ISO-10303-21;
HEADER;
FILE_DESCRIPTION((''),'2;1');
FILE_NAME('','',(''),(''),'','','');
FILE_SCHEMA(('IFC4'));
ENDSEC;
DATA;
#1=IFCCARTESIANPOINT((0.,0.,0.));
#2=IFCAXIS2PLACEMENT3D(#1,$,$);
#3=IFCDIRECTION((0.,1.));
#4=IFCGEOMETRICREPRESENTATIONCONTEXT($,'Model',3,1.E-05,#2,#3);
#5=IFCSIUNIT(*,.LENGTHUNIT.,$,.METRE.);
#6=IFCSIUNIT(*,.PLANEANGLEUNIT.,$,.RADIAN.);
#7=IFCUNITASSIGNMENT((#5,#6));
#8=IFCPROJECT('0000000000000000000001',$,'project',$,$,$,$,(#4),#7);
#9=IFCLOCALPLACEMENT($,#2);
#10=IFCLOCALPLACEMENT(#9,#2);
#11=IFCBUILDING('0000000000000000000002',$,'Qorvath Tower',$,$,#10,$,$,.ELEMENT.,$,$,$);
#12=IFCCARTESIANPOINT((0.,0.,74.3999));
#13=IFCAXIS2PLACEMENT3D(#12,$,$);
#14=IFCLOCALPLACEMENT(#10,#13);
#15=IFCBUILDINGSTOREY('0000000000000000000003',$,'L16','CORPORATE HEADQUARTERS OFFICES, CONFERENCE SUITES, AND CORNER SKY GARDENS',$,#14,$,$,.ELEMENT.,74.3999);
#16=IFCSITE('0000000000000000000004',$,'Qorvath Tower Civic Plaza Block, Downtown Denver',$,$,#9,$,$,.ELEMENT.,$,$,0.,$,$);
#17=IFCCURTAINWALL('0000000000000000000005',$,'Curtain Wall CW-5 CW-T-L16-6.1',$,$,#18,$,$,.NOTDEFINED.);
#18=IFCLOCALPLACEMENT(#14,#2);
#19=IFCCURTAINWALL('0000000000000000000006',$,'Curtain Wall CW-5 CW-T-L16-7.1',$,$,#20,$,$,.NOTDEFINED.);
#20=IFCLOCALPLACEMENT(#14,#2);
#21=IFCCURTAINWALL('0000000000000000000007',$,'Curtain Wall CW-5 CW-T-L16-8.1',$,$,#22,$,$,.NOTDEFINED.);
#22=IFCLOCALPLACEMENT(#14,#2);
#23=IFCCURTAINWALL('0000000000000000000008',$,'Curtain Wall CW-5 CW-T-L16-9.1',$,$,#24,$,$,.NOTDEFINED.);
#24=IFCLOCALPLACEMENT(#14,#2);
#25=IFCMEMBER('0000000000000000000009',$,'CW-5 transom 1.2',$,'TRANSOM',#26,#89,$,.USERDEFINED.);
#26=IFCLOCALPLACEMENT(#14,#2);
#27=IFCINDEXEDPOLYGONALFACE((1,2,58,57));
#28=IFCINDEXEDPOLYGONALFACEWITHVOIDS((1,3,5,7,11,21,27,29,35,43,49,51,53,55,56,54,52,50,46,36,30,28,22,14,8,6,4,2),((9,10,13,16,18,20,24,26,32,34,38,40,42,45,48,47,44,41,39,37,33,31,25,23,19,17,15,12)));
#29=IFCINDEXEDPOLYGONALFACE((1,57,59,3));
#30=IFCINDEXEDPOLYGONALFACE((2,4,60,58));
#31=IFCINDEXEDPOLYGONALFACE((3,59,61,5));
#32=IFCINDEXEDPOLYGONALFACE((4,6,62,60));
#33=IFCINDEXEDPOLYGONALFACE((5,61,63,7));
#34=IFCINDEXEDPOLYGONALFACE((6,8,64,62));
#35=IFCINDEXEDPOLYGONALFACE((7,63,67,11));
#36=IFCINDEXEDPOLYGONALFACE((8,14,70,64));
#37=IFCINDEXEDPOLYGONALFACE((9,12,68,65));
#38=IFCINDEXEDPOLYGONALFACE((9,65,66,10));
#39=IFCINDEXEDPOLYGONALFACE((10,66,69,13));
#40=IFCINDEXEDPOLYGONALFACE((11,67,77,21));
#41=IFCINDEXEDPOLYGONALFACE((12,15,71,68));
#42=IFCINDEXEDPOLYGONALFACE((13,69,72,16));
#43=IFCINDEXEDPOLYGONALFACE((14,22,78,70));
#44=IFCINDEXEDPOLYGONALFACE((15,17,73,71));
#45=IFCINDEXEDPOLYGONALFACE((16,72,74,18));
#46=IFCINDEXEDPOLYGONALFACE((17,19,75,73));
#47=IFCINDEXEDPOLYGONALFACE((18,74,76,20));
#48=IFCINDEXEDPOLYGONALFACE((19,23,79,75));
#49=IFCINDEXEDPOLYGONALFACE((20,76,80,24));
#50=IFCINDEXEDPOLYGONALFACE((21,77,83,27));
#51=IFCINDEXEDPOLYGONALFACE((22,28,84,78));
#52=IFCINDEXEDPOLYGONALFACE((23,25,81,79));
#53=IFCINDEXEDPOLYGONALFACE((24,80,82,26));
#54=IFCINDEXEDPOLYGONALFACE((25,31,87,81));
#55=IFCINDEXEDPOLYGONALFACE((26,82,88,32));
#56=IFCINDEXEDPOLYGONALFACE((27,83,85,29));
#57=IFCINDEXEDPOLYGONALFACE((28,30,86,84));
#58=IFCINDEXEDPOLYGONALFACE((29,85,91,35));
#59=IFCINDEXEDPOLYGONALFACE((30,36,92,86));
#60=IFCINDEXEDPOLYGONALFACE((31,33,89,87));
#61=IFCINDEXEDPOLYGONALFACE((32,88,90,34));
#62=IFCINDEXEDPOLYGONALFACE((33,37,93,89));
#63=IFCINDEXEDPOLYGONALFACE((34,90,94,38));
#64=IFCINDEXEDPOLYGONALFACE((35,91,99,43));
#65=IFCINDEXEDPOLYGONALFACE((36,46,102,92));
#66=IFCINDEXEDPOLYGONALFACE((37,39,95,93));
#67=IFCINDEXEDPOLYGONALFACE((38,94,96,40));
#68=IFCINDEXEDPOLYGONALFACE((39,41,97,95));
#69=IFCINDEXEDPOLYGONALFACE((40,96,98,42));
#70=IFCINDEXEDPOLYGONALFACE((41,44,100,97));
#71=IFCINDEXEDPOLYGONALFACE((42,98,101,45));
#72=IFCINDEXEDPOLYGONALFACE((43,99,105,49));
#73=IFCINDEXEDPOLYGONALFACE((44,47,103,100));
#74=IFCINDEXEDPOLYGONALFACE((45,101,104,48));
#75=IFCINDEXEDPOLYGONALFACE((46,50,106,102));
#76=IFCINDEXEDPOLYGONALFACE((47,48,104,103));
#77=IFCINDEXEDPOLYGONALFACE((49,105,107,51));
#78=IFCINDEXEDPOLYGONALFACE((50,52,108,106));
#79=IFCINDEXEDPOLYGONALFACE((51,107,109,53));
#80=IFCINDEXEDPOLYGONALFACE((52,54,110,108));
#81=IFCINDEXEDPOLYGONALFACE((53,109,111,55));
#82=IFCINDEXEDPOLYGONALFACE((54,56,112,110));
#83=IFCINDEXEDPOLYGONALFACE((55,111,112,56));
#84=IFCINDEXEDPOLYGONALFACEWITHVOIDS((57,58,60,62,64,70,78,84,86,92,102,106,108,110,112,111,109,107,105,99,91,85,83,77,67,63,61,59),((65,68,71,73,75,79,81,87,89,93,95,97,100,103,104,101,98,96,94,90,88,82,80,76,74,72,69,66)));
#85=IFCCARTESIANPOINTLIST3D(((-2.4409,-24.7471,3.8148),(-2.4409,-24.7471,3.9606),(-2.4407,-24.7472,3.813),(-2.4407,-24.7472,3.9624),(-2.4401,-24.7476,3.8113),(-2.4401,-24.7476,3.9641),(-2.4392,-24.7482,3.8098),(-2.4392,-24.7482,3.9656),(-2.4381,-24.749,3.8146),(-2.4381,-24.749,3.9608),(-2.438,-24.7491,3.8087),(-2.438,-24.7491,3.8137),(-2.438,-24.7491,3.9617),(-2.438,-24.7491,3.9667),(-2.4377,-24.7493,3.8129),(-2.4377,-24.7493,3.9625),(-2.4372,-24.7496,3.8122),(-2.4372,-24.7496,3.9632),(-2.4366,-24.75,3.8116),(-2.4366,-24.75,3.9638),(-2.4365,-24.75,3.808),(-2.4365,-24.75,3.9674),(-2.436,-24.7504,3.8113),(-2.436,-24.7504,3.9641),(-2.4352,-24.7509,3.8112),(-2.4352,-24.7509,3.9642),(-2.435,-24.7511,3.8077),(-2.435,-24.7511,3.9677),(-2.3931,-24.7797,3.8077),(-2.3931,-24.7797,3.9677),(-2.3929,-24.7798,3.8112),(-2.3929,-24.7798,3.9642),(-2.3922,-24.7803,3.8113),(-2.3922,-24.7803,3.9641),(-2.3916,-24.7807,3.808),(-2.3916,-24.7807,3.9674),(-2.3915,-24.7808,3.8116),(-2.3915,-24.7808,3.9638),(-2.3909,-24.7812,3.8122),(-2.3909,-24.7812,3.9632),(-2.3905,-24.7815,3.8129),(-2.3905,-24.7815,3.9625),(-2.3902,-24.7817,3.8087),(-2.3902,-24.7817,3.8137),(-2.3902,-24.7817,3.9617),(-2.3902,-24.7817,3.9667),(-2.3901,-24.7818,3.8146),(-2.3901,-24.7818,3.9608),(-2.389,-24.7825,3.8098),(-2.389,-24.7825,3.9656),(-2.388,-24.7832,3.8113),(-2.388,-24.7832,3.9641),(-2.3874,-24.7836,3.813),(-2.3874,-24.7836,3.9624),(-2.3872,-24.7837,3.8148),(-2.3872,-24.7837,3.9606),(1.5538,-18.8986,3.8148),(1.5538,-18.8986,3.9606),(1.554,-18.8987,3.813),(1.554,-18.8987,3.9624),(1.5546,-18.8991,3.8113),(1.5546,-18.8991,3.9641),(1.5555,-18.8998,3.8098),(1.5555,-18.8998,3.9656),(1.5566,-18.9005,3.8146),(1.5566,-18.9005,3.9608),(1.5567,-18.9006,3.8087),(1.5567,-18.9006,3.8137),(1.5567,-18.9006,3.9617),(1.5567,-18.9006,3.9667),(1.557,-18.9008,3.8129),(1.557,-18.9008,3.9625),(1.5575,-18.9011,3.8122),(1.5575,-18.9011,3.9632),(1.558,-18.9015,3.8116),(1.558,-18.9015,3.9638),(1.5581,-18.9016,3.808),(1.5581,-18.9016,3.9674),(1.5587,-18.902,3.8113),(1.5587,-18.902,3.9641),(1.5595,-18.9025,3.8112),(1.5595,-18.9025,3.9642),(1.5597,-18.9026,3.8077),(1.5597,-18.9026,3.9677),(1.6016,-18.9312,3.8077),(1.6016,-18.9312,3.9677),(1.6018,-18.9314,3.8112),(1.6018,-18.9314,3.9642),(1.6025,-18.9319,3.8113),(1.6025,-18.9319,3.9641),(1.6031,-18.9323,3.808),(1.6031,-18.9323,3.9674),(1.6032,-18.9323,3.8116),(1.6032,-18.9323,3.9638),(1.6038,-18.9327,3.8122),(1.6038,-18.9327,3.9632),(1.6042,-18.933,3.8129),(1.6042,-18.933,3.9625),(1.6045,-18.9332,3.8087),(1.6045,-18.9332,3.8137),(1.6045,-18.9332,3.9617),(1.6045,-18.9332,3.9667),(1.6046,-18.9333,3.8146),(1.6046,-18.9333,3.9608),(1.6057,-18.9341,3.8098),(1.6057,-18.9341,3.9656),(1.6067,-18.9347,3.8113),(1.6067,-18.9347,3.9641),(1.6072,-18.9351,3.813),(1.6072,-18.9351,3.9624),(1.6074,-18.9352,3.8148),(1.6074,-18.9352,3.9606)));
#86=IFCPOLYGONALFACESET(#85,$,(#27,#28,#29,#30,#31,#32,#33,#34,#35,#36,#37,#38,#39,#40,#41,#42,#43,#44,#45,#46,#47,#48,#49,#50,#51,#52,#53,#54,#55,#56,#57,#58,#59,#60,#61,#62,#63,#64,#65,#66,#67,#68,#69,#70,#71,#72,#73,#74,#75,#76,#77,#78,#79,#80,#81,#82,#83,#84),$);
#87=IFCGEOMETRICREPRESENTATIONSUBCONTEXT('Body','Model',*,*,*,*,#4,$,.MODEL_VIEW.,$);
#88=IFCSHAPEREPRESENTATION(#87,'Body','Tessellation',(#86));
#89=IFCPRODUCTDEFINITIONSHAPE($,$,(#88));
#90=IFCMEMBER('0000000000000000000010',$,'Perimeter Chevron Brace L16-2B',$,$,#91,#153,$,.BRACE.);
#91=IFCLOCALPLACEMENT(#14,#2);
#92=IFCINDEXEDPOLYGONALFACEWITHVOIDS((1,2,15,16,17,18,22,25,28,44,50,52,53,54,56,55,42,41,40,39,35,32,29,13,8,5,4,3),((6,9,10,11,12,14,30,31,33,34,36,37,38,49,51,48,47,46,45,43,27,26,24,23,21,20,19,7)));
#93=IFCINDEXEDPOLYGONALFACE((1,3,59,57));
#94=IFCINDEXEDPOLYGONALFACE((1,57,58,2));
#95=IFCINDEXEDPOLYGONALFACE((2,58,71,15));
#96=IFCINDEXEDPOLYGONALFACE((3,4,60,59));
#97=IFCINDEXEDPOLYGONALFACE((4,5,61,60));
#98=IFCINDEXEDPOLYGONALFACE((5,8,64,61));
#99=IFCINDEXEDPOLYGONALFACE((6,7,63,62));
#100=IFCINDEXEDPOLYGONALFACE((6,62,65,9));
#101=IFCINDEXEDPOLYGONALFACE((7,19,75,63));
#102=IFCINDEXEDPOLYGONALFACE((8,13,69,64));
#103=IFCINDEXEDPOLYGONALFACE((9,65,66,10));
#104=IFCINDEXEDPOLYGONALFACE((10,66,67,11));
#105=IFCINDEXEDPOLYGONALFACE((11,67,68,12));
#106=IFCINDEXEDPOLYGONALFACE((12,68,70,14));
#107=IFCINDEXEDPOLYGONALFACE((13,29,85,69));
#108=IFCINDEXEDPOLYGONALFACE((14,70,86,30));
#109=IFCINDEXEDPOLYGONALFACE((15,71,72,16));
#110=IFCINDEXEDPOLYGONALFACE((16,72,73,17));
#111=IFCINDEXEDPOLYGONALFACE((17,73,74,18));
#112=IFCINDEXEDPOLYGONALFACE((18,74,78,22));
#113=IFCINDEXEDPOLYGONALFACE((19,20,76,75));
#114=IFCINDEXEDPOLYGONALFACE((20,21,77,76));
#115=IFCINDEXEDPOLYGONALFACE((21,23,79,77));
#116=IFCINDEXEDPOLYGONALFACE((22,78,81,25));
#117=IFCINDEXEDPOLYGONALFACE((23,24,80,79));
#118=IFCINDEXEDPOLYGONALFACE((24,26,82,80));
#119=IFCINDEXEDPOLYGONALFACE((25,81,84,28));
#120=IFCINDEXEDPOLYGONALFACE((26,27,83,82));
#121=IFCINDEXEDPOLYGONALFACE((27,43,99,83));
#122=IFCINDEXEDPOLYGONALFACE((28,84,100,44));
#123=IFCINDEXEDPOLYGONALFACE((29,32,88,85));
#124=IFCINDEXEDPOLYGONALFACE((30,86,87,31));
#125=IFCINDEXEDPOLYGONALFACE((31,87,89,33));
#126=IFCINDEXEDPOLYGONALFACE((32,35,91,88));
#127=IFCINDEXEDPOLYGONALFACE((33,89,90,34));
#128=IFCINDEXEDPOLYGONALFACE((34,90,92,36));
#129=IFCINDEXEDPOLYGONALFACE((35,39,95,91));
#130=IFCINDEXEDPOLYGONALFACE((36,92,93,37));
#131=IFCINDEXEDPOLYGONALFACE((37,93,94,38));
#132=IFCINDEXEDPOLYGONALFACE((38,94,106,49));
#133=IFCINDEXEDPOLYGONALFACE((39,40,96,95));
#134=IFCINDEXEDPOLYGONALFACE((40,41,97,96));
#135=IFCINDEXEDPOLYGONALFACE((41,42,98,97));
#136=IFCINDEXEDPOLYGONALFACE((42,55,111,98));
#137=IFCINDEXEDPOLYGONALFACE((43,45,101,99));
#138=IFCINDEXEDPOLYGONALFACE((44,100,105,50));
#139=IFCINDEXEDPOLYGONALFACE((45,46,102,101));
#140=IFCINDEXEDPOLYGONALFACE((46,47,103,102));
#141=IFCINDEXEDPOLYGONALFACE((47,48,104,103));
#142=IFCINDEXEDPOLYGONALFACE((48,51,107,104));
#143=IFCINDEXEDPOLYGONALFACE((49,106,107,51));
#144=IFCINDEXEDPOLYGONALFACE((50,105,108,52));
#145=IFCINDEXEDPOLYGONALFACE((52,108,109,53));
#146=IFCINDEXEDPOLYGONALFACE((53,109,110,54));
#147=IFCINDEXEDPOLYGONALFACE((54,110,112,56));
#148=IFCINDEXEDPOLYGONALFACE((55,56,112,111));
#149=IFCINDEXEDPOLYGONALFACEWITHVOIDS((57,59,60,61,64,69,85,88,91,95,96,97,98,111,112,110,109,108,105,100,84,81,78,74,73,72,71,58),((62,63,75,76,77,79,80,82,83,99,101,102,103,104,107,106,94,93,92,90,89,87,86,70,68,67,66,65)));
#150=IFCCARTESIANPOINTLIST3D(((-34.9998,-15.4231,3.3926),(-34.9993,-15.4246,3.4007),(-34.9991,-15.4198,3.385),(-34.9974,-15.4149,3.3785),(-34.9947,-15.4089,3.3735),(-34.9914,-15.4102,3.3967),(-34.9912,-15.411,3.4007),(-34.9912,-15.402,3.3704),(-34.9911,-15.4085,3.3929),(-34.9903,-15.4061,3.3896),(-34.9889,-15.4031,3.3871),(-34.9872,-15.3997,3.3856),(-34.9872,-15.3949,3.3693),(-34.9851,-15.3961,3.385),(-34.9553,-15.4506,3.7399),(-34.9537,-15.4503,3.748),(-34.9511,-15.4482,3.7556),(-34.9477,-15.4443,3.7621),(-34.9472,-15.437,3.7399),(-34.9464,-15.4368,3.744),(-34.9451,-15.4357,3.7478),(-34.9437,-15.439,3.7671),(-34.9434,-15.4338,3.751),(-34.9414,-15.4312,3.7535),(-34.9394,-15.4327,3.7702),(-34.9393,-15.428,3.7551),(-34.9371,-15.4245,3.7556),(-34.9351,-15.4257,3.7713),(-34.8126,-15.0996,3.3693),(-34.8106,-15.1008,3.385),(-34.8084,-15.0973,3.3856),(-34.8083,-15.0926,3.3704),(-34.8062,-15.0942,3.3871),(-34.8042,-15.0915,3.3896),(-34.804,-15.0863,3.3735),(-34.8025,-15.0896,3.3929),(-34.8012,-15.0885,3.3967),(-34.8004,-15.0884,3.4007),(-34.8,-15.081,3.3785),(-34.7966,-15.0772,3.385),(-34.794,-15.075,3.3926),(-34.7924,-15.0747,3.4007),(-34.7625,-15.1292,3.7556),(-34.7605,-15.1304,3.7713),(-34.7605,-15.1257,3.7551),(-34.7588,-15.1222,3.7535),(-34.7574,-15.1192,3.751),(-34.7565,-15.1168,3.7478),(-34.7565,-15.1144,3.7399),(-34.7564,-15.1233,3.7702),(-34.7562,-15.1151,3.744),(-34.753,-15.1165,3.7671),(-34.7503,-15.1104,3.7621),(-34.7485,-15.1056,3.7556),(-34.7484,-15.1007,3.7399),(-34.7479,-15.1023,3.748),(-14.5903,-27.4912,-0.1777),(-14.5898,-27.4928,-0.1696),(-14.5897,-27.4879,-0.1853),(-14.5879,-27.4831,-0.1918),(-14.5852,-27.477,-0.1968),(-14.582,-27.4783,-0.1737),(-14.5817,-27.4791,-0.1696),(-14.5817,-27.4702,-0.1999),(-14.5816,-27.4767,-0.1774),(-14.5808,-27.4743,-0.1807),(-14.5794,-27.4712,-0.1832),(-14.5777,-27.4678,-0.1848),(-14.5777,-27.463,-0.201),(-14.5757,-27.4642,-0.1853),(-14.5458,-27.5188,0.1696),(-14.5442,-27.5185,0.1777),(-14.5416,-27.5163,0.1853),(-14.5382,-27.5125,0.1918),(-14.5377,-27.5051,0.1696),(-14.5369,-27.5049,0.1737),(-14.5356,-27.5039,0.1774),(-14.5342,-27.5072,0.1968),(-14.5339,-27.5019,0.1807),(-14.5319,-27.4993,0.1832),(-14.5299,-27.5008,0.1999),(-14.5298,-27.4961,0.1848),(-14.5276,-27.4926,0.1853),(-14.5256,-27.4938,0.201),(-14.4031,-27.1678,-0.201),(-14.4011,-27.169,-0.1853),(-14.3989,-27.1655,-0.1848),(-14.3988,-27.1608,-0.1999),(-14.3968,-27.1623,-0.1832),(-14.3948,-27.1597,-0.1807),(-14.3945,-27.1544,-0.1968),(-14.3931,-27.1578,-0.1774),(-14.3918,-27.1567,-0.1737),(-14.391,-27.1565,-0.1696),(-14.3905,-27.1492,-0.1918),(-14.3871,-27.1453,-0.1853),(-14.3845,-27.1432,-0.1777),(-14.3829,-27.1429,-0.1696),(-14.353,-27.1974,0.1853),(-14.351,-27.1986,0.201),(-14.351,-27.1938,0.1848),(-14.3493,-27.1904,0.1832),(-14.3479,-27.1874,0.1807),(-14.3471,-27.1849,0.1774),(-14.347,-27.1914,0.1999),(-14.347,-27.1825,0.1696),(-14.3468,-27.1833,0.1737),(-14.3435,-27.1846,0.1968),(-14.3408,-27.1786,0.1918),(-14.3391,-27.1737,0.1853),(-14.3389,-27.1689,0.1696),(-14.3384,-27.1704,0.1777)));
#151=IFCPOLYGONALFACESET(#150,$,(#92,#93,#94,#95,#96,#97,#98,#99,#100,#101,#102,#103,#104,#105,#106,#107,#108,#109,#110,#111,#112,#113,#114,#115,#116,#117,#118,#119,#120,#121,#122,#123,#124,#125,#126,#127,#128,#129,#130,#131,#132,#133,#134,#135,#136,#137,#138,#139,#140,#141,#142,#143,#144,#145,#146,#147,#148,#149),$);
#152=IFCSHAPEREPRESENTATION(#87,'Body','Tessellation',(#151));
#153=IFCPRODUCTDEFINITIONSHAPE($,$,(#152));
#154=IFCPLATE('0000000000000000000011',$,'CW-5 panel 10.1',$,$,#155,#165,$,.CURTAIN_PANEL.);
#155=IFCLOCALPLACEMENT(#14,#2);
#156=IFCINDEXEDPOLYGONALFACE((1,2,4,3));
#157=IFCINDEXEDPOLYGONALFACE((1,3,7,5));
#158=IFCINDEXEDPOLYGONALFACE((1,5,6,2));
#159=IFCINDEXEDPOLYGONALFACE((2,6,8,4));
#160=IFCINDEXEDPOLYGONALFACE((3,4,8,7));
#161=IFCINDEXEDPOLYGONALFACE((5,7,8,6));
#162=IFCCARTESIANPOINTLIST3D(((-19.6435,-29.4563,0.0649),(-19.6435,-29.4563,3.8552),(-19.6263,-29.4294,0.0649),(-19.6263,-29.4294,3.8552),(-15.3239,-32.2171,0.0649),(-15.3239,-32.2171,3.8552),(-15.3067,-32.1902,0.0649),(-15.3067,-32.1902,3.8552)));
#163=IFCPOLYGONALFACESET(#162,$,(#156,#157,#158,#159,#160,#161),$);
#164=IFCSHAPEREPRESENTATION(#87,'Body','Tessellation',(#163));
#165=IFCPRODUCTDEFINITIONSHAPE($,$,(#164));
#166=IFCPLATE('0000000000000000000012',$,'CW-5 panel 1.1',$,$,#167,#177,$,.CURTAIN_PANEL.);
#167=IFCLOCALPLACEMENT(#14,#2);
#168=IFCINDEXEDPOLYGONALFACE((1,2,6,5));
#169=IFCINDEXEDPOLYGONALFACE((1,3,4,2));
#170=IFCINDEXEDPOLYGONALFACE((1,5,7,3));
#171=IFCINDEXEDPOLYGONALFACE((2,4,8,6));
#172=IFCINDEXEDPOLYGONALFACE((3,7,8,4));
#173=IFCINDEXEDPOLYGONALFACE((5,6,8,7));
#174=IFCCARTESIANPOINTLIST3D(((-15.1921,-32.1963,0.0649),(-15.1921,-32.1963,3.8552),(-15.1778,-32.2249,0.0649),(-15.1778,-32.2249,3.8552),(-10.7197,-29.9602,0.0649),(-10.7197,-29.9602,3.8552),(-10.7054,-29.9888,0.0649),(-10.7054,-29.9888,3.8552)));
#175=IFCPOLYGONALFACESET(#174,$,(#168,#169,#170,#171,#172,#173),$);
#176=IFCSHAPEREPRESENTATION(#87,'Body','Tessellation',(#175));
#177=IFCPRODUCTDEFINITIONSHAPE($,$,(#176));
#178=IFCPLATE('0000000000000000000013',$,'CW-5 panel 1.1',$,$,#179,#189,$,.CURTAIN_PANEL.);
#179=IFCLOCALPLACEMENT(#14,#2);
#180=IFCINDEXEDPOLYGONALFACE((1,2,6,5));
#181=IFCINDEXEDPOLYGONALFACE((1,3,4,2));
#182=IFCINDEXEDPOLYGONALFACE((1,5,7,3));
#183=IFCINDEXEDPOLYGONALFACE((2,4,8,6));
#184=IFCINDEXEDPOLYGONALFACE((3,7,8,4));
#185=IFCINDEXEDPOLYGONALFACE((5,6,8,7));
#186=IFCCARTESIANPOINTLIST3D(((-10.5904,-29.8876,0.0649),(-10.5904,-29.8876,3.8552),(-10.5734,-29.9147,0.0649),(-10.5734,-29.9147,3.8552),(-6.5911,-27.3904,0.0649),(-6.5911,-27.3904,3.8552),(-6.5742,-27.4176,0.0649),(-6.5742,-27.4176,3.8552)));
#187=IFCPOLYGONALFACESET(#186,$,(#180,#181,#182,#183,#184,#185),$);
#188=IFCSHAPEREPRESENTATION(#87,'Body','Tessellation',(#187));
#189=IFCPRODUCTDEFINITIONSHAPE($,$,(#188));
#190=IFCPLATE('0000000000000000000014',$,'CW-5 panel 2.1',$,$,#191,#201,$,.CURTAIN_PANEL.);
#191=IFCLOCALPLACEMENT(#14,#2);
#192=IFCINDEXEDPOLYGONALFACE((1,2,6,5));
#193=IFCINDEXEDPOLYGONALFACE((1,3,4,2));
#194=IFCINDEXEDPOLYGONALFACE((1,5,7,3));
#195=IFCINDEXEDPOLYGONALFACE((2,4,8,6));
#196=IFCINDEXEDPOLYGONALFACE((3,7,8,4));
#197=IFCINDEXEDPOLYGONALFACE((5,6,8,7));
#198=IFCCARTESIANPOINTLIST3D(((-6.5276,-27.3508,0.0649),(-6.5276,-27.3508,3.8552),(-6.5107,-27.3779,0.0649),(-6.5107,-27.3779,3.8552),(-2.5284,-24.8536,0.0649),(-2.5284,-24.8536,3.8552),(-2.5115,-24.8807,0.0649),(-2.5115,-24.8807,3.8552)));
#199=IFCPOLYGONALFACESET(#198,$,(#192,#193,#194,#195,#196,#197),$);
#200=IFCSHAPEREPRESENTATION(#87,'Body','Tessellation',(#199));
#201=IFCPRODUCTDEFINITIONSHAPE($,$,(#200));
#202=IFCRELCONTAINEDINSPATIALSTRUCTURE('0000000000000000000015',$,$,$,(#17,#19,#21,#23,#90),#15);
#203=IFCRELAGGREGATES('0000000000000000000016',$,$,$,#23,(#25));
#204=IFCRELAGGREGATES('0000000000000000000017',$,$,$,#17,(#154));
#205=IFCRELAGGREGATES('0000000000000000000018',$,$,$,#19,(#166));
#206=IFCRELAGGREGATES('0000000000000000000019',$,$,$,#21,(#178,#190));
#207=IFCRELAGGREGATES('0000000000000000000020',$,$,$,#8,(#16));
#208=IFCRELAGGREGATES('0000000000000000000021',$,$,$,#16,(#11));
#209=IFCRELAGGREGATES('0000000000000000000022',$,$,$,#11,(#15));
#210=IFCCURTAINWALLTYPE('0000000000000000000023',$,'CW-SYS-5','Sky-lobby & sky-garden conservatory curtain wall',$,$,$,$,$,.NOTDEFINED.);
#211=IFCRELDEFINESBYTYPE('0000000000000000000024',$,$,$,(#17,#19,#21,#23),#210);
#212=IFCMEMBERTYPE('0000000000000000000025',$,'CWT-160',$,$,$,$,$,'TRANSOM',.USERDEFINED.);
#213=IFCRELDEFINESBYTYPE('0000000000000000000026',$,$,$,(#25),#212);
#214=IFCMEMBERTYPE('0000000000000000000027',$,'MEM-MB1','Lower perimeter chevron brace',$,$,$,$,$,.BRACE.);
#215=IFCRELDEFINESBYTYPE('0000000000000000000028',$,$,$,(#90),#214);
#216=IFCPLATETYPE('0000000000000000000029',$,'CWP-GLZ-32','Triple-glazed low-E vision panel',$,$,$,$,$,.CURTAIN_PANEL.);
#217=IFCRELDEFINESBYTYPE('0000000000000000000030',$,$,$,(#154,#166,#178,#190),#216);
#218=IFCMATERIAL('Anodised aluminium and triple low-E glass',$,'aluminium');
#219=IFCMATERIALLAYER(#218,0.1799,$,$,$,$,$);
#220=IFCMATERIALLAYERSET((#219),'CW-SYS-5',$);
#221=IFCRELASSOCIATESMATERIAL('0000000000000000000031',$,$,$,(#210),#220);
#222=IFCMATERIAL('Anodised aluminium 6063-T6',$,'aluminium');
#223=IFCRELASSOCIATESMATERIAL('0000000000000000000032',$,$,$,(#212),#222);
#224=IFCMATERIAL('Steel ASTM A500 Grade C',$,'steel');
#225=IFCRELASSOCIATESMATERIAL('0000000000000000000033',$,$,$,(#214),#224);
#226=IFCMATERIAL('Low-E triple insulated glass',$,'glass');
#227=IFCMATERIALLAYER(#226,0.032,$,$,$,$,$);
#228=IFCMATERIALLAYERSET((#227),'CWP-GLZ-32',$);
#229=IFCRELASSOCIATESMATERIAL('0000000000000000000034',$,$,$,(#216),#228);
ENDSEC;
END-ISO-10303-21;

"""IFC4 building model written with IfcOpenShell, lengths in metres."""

from ifc_helpers import new_model, si_unit, direction, frame, origin, origin_2d, place, context, subcontext, project, spatial, rectangle, hollow_rectangle, extrude, material, layer, layer_set, material_profile, profile_set, type_object, element, aggregate, save


model = new_model("IFC4")

# Units and contexts
model_context = context("Model", 3, precision=1e-05, world=origin(), true_north=direction((0.0, 1.0)))
body_context = subcontext(model_context, "Body", "Model", "MODEL_VIEW")
ifc_project = project(units=[si_unit("LENGTHUNIT", "METRE"), si_unit("PLANEANGLEUNIT", "RADIAN")], contexts=[model_context])

# Site, building, storey
site_placement = place(None, origin())
site = spatial("IfcSite", under=ifc_project, at=site_placement, Name="Qorvath Tower Civic Plaza Block, Downtown Denver", CompositionType="ELEMENT", RefElevation=0.0)
building_placement = place(site_placement, origin())
building = spatial("IfcBuilding", under=site, at=building_placement, Name="Qorvath Tower", CompositionType="ELEMENT")
storey_placement = place(building_placement, frame((0.0, 0.0, 74.3999)))
storey = spatial("IfcBuildingStorey", under=building, at=storey_placement, Name="L16", Description="CORPORATE HEADQUARTERS OFFICES, CONFERENCE SUITES, AND CORNER SKY GARDENS", CompositionType="ELEMENT", Elevation=74.3999)

# Curtain wall
ifc_material_1 = material(Name="Anodised aluminium and triple low-E glass", Category="aluminium")
ifc_layer_1 = layer(ifc_material_1, 0.1799)
ifc_layer_set_1 = layer_set([ifc_layer_1], Name="CW-SYS-5")
curtain_wall_type = type_object("IfcCurtainWallType", Name="CW-SYS-5", Description="Sky-lobby & sky-garden conservatory curtain wall", PredefinedType="NOTDEFINED", material=ifc_layer_set_1)
curtain_wall_1_placement = place(storey_placement, origin())
curtain_wall_1 = element("IfcCurtainWall", 1, at=curtain_wall_1_placement, inside=storey, type_object=curtain_wall_type, Name="Curtain Wall CW-5 CW-T-L16-6.1", PredefinedType="NOTDEFINED")

# Curtain walls
curtain_wall_2_placement = place(storey_placement, origin())
curtain_wall_2 = element("IfcCurtainWall", 2, at=curtain_wall_2_placement, inside=storey, type_object=curtain_wall_type, Name="Curtain Wall CW-5 CW-T-L16-7.1", PredefinedType="NOTDEFINED")
curtain_wall_3_placement = place(storey_placement, origin())
curtain_wall_3 = element("IfcCurtainWall", 3, at=curtain_wall_3_placement, inside=storey, type_object=curtain_wall_type, Name="Curtain Wall CW-5 CW-T-L16-8.1", PredefinedType="NOTDEFINED")

# Curtain wall
curtain_wall_4_placement = place(storey_placement, origin())
curtain_wall_4 = element("IfcCurtainWall", 4, at=curtain_wall_4_placement, inside=storey, type_object=curtain_wall_type, Name="Curtain Wall CW-5 CW-T-L16-9.1", PredefinedType="NOTDEFINED")

# Members
ifc_material_2 = material(Name="Anodised aluminium 6063-T6", Category="aluminium")
ifc_material_profile_1 = material_profile(ifc_material_2, hollow_rectangle(XDim=0.0649, YDim=0.1599, WallThickness=0.0034, InnerFilletRadius=0.0034, OuterFilletRadius=0.0071, at=origin_2d()), Name="CWT 160x65")
ifc_profile_set_1 = profile_set([ifc_material_profile_1], Name="Anodised aluminium 6063-T6")
member_type_1 = type_object("IfcMemberType", Name="CWT-160", ElementType="TRANSOM", PredefinedType="USERDEFINED", material=ifc_profile_set_1)
member_1_placement = place(storey_placement, frame((-2.4141, -24.7654, 3.8877), z_axis=(0.56402, 0.825761, 0.0), x_axis=(-0.825761, 0.56402, 0.0)))
member_1 = element("IfcMember", 5, at=member_1_placement, type_object=member_type_1, Name="CW-5 transom 1.2", ObjectType="TRANSOM", PredefinedType="USERDEFINED", context=body_context, shape_type="SweptSolid", body=[
    extrude(hollow_rectangle(XDim=0.0649, YDim=0.1599, WallThickness=0.0034, InnerFilletRadius=0.0034, OuterFilletRadius=0.0071, at=origin_2d()), origin(), (0.0, 0.0, 1.0), 7.0825),
])
aggregate(curtain_wall_4, [member_1])
ifc_material_3 = material(Name="Steel ASTM A500 Grade C", Category="steel")
ifc_material_profile_2 = material_profile(ifc_material_3, hollow_rectangle(XDim=0.4065, YDim=0.4065, WallThickness=0.0159, InnerFilletRadius=0.0159, OuterFilletRadius=0.0317, at=origin_2d()), Name="HSS 406x406x16")
ifc_profile_set_2 = profile_set([ifc_material_profile_2], Name="Steel ASTM A500 Grade C")
member_type_2 = type_object("IfcMemberType", Name="MEM-MB1", Description="Lower perimeter chevron brace", PredefinedType="BRACE", material=ifc_profile_set_2)
member_2_placement = place(storey_placement, frame((-14.4644, -27.3308, 0.0), z_axis=(-0.851183, 0.503305, 0.148901), x_axis=(-0.508979, -0.860779, 0.0)))
element("IfcMember", 6, at=member_2_placement, inside=storey, type_object=member_type_2, Name="Perimeter Chevron Brace L16-2B", PredefinedType="BRACE", context=body_context, shape_type="SweptSolid", body=[
    extrude(hollow_rectangle(XDim=0.4065, YDim=0.4065, WallThickness=0.0159, InnerFilletRadius=0.0159, OuterFilletRadius=0.0317, at=origin_2d()), origin(), (0.0, 0.0, 1.0), 23.9778),
])

# Plates
ifc_material_4 = material(Name="Low-E triple insulated glass", Category="glass")
ifc_layer_2 = layer(ifc_material_4, 0.032)
ifc_layer_set_2 = layer_set([ifc_layer_2], Name="CWP-GLZ-32")
plate_type_1 = type_object("IfcPlateType", Name="CWP-GLZ-32", Description="Triple-glazed low-E vision panel", PredefinedType="CURTAIN_PANEL", material=ifc_layer_set_2)
plate_1_placement = place(storey_placement, frame((-17.4751, -30.8232, 0.0649), z_axis=(0.0, 0.0, 1.0), x_axis=(0.842604, -0.538533, 0.0)))
plate_1 = element("IfcPlate", 7, at=plate_1_placement, type_object=plate_type_1, Name="CW-5 panel 10.1", PredefinedType="CURTAIN_PANEL", context=body_context, shape_type="SweptSolid", body=[
    extrude(rectangle(XDim=5.1265, YDim=0.032, at=origin_2d()), origin(), (0.0, 0.0, 1.0), 3.7903),
])
aggregate(curtain_wall_1, [plate_1])
plate_2_placement = place(storey_placement, frame((-12.9487, -31.0925, 0.0649), z_axis=(0.0, 0.0, 1.0), x_axis=(0.894431, 0.447206, 0.0)))
plate_2 = element("IfcPlate", 8, at=plate_2_placement, type_object=plate_type_1, Name="CW-5 panel 1.1", PredefinedType="CURTAIN_PANEL", context=body_context, shape_type="SweptSolid", body=[
    extrude(rectangle(XDim=5.0002, YDim=0.032, at=origin_2d()), origin(), (0.0, 0.0, 1.0), 3.7903),
])
aggregate(curtain_wall_2, [plate_2])
plate_3_placement = place(storey_placement, frame((-8.5823, -28.6526, 0.0649), z_axis=(0.0, 0.0, 1.0), x_axis=(0.848219, 0.529645, 0.0)))
plate_3 = element("IfcPlate", 9, at=plate_3_placement, type_object=plate_type_1, Name="CW-5 panel 1.1", PredefinedType="CURTAIN_PANEL", context=body_context, shape_type="SweptSolid", body=[
    extrude(rectangle(XDim=4.7148, YDim=0.032, at=origin_2d()), origin(), (0.0, 0.0, 1.0), 3.7903),
])
plate_4_placement = place(storey_placement, frame((-4.5195, -26.1157, 0.0649), z_axis=(0.0, 0.0, 1.0), x_axis=(0.848219, 0.529645, 0.0)))
plate_4 = element("IfcPlate", 10, at=plate_4_placement, type_object=plate_type_1, Name="CW-5 panel 2.1", PredefinedType="CURTAIN_PANEL", context=body_context, shape_type="SweptSolid", body=[
    extrude(rectangle(XDim=4.7148, YDim=0.032, at=origin_2d()), origin(), (0.0, 0.0, 1.0), 3.7903),
])
aggregate(curtain_wall_3, [plate_3, plate_4])

save(model, "model.ifc")
